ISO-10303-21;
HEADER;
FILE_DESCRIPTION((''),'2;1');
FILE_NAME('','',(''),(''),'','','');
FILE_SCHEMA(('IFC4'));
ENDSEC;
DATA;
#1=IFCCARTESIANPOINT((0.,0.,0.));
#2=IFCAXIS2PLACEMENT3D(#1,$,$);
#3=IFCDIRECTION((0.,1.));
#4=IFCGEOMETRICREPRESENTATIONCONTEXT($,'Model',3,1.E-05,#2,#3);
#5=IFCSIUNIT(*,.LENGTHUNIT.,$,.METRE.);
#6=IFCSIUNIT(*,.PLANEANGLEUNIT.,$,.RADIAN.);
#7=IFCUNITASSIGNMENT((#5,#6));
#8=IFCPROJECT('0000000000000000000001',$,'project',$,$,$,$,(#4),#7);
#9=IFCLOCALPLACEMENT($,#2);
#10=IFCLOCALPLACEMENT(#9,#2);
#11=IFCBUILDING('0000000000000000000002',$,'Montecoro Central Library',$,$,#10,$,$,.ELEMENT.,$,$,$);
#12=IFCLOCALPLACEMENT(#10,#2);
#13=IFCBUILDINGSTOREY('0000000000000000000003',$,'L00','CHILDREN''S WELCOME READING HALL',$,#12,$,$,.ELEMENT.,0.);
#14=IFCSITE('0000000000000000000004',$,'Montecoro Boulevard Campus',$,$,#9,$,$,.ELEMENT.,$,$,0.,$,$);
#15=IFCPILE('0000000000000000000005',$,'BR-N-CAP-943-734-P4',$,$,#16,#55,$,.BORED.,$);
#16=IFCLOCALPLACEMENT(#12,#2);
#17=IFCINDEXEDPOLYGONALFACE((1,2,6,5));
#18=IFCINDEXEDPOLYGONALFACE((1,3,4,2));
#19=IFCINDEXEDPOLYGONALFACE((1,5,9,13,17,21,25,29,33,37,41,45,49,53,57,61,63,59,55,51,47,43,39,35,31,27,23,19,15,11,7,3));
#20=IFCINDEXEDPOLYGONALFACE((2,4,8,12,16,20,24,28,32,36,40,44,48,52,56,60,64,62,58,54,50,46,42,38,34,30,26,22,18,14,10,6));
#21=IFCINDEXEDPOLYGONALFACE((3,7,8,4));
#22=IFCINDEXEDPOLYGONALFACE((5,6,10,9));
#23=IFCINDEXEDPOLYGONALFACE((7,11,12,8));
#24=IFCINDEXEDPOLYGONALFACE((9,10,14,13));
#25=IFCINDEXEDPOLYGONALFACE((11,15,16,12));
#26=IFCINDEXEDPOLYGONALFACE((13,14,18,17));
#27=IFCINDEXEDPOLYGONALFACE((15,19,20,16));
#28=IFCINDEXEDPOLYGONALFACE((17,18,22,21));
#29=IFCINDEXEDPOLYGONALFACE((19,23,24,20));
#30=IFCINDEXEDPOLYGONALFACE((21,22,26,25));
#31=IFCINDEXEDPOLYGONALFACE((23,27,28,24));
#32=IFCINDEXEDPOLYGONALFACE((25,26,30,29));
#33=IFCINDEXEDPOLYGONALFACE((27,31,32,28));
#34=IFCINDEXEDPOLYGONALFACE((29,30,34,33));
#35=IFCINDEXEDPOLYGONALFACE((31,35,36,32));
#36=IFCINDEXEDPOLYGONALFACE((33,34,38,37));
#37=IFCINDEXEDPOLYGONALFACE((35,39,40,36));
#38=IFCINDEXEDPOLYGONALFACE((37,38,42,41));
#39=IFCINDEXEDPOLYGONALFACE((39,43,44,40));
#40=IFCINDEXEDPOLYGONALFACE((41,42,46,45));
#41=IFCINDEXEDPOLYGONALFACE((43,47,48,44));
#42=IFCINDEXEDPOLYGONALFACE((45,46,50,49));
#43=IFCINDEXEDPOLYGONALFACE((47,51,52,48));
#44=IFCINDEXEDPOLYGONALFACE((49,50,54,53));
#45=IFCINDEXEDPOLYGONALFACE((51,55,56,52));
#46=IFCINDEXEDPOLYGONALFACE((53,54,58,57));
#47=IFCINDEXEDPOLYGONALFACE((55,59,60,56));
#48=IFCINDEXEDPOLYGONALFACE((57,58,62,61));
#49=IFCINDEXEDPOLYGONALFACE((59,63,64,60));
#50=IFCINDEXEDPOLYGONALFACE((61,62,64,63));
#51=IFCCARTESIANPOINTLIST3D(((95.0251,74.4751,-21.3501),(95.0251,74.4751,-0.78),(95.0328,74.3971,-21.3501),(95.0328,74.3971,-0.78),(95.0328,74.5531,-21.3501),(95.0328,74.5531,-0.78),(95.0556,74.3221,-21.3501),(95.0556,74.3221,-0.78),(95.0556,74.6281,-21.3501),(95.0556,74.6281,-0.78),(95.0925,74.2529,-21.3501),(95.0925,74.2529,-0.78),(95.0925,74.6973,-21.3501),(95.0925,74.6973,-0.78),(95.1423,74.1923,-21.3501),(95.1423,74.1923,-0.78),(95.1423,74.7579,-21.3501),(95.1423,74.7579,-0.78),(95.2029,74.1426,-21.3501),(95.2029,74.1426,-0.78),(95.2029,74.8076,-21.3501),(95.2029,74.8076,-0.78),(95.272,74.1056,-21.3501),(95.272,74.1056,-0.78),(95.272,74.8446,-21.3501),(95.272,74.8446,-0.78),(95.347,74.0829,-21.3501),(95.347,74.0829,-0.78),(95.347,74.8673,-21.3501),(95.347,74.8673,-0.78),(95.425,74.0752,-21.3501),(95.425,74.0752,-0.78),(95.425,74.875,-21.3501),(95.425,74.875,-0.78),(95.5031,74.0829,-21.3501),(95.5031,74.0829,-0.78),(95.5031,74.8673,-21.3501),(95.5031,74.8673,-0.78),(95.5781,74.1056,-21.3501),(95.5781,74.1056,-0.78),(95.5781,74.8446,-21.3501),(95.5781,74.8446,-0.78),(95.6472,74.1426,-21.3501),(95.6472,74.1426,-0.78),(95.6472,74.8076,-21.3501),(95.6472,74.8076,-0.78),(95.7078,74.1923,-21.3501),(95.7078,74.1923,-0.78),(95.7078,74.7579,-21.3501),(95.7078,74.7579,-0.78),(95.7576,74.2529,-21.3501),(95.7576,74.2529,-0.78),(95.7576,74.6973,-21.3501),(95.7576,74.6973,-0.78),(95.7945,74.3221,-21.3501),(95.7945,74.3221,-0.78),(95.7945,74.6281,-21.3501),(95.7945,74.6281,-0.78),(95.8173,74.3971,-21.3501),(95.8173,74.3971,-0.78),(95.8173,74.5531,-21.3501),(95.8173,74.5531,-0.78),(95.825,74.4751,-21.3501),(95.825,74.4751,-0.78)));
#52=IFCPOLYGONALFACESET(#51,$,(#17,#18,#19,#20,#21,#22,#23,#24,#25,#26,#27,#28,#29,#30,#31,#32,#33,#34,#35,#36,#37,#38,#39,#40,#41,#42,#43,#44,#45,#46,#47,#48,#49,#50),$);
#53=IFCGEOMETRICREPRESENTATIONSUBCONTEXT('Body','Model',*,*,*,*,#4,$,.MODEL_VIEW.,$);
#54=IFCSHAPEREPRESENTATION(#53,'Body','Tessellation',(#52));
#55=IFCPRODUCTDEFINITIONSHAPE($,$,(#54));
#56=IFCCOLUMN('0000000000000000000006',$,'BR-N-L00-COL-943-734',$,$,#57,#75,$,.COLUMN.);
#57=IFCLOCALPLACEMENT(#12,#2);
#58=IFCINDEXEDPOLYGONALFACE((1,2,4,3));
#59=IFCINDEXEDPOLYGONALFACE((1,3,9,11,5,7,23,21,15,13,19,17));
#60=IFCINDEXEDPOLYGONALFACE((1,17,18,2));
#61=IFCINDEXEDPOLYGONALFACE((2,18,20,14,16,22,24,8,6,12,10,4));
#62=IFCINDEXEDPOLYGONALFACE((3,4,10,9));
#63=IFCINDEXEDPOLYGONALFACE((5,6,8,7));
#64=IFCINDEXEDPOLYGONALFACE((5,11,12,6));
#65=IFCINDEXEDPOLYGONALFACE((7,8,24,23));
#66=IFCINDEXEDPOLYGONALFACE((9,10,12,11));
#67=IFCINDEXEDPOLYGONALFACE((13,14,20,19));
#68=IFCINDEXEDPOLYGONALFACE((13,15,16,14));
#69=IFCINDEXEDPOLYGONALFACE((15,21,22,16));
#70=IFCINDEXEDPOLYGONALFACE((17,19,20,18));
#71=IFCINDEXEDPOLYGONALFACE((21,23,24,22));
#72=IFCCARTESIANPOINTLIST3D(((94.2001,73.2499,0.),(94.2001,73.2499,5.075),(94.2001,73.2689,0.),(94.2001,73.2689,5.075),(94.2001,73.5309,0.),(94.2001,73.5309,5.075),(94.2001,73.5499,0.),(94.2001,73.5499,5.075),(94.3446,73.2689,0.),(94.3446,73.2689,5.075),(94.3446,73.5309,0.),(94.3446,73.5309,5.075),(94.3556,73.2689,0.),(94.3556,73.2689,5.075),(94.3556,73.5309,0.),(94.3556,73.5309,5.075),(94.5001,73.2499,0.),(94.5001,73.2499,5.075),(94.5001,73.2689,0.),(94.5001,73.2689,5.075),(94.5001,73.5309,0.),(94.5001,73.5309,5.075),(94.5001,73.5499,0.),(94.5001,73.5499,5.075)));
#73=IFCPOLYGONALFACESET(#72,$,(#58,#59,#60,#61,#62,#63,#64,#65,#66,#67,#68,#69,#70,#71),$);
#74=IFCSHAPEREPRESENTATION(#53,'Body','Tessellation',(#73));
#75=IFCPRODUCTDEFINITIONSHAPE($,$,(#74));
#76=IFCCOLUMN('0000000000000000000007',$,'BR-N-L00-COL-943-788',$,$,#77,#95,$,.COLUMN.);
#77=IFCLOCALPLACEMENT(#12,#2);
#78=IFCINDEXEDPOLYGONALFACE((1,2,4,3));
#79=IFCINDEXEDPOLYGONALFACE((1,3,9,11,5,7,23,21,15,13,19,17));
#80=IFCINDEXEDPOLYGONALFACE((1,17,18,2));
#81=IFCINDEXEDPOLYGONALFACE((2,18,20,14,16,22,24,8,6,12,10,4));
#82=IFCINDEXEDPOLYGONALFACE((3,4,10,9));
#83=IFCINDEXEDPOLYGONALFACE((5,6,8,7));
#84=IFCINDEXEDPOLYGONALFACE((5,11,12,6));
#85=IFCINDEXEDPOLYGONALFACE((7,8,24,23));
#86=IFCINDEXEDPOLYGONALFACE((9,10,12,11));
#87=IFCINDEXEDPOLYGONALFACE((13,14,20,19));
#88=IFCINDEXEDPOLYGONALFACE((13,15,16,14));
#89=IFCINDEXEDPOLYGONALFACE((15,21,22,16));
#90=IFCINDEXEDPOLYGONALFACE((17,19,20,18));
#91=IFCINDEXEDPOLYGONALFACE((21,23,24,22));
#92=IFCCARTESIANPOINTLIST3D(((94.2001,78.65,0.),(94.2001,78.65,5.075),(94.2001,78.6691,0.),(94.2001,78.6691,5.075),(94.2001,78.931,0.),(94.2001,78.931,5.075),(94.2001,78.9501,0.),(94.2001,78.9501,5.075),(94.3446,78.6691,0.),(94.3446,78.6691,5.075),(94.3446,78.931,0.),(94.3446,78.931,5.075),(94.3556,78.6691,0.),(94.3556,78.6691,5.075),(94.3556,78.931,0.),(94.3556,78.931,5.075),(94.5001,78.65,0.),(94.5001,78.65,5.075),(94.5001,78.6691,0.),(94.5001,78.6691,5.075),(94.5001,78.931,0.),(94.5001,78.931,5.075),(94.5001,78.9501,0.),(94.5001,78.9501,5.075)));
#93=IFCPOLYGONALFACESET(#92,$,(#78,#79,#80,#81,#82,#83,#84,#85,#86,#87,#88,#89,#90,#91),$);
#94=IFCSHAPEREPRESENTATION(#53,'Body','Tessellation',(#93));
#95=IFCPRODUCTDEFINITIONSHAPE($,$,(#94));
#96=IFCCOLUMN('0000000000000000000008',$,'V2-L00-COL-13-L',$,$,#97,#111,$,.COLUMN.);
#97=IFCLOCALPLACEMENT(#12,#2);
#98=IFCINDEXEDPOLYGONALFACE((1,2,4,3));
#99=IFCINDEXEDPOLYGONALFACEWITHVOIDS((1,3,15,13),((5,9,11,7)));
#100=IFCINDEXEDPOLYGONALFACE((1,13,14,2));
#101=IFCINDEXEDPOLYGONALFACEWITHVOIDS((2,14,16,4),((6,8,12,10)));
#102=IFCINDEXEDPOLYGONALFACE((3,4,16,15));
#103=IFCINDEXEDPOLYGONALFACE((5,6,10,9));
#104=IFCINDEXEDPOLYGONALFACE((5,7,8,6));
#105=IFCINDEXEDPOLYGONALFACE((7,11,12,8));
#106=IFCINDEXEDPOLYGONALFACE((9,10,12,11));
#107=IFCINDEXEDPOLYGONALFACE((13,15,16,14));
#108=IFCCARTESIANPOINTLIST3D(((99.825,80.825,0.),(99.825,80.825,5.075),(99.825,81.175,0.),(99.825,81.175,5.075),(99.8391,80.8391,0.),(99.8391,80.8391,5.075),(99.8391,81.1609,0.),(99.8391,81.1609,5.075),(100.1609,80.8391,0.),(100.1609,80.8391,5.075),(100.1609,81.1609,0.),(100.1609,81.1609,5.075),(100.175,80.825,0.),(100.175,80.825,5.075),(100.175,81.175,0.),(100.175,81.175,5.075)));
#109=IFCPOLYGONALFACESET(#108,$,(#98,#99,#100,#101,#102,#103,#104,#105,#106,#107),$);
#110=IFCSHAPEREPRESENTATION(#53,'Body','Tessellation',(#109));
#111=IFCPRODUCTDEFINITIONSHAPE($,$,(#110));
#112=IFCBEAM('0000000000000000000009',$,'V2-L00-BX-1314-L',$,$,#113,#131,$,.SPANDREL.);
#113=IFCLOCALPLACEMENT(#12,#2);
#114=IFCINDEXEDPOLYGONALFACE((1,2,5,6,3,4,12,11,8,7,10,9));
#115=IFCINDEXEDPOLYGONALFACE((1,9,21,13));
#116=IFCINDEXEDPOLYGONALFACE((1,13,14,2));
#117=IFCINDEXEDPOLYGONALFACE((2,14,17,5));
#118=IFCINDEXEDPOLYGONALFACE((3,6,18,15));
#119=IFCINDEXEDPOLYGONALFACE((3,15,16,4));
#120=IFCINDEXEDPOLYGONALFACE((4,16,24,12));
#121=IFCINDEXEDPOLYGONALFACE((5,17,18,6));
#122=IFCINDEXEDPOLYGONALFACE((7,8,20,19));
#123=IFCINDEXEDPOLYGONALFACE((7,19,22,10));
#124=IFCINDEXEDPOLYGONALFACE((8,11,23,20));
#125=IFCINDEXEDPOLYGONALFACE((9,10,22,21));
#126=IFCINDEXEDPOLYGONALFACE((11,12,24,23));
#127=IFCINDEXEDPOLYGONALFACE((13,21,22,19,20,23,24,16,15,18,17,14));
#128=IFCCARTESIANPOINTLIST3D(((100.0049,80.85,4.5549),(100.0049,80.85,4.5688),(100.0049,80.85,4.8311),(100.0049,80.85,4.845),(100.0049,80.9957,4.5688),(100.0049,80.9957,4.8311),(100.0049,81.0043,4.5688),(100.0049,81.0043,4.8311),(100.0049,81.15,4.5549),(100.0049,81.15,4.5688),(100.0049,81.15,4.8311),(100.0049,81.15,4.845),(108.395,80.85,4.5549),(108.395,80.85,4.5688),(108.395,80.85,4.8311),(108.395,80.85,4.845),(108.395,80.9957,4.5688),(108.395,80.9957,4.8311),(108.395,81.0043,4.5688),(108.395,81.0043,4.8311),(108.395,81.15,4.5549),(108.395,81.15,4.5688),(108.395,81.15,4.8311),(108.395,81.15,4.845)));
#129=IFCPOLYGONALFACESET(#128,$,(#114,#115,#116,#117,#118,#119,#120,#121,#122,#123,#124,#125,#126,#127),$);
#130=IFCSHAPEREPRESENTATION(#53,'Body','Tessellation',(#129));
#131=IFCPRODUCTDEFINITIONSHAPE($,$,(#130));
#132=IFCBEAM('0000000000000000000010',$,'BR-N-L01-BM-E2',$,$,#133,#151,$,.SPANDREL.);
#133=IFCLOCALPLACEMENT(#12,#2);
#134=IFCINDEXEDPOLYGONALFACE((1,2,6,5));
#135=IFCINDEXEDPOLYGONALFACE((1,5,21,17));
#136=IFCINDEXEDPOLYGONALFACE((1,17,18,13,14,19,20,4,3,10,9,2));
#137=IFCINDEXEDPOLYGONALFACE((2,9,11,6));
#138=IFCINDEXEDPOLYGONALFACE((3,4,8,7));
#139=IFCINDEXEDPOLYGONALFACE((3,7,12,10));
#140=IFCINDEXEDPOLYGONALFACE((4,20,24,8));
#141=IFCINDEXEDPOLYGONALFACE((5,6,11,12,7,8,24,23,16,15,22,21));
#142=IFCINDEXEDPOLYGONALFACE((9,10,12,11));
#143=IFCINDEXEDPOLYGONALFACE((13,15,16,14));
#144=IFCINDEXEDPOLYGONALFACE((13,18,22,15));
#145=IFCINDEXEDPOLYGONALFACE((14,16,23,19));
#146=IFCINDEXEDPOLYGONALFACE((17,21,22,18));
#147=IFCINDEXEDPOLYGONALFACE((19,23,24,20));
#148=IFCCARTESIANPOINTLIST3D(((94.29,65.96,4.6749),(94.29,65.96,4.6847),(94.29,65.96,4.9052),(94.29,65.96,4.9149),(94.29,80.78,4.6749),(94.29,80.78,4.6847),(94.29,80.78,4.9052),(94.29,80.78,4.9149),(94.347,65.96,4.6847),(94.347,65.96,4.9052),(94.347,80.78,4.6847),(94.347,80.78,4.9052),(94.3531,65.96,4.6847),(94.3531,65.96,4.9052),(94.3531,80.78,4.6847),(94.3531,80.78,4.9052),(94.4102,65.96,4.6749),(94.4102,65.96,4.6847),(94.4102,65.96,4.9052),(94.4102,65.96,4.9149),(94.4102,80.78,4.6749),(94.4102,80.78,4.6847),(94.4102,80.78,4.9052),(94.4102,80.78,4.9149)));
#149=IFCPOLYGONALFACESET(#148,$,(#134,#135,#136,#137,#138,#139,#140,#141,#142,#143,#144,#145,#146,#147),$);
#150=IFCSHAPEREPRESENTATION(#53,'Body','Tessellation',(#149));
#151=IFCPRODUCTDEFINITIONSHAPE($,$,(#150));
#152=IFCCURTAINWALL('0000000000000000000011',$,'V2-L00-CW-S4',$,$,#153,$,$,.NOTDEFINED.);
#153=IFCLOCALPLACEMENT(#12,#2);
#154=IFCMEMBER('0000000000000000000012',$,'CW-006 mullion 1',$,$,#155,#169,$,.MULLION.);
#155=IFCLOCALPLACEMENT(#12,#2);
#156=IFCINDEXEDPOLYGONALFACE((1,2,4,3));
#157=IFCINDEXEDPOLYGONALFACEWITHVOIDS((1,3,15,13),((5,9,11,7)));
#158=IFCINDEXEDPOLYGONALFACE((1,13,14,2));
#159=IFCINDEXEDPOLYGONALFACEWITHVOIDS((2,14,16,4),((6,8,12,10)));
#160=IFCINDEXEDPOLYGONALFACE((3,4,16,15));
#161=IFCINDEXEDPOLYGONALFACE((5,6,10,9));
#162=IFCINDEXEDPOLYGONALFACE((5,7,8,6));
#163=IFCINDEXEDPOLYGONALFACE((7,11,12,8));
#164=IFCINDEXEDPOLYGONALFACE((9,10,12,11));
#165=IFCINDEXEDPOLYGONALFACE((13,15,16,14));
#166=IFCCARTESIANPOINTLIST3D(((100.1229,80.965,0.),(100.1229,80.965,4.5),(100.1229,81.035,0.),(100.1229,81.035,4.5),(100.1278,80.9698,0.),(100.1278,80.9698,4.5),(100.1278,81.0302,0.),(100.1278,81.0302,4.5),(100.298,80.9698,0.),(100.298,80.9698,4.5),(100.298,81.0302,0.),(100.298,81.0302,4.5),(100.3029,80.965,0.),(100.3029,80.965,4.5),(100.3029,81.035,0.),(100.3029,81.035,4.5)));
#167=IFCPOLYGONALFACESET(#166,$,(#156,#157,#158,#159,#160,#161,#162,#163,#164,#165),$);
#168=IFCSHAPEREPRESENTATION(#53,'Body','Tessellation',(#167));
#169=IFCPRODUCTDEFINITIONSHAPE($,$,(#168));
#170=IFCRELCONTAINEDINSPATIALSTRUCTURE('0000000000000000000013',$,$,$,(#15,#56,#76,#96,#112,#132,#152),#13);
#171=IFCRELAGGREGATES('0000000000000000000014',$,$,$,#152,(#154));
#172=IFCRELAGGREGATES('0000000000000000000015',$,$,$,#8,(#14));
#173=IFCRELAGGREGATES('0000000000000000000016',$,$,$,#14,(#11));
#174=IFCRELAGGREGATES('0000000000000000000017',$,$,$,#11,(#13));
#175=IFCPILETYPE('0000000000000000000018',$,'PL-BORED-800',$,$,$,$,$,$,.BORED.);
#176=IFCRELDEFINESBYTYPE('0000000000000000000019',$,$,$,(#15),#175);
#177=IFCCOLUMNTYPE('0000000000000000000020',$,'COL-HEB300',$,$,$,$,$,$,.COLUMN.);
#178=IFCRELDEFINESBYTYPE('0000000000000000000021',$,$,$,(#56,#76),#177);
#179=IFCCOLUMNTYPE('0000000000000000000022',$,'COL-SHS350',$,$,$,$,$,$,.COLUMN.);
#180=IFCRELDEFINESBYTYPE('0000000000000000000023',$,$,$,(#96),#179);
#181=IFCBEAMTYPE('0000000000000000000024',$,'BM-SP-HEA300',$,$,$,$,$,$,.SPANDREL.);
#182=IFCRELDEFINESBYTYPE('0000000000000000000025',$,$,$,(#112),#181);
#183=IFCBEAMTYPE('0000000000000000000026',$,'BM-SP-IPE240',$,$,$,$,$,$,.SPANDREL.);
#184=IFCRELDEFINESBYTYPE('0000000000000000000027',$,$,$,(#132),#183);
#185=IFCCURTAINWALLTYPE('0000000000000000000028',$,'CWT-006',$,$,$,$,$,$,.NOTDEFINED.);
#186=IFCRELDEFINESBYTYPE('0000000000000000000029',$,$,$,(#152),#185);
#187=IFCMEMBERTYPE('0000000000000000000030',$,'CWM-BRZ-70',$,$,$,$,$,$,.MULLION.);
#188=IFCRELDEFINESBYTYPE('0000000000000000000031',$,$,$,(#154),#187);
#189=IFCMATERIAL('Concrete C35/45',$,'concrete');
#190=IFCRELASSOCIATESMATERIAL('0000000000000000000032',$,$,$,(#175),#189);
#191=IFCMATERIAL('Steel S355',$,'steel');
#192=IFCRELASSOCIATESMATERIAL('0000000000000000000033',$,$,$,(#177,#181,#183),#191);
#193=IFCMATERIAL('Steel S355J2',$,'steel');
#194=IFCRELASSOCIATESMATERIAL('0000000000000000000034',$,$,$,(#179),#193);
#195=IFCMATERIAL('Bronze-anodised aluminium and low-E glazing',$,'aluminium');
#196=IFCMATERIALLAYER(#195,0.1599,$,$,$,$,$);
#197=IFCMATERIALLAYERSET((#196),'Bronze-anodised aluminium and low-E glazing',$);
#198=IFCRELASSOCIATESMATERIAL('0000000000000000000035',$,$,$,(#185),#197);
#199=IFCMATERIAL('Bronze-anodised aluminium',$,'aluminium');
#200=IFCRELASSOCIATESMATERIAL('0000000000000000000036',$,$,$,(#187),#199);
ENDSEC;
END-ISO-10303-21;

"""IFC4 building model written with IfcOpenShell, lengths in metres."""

from ifc_helpers import new_model, si_unit, direction, frame, origin, origin_2d, place, context, subcontext, project, spatial, hollow_rectangle, circle, i_section, extrude, material, layer, layer_set, material_profile, profile_set, type_object, element, aggregate, save


model = new_model("IFC4")

# Units and contexts
model_context = context("Model", 3, precision=1e-05, world=origin(), true_north=direction((0.0, 1.0)))
body_context = subcontext(model_context, "Body", "Model", "MODEL_VIEW")
ifc_project = project(units=[si_unit("LENGTHUNIT", "METRE"), si_unit("PLANEANGLEUNIT", "RADIAN")], contexts=[model_context])

# Site, building, storey
site_placement = place(None, origin())
site = spatial("IfcSite", under=ifc_project, at=site_placement, Name="Montecoro Boulevard Campus", CompositionType="ELEMENT", RefElevation=0.0)
building_placement = place(site_placement, origin())
building = spatial("IfcBuilding", under=site, at=building_placement, Name="Montecoro Central Library", CompositionType="ELEMENT")
storey_placement = place(building_placement, origin())
storey = spatial("IfcBuildingStorey", under=building, at=storey_placement, Name="L00", Description="CHILDREN'S WELCOME READING HALL", CompositionType="ELEMENT", Elevation=0.0)

# Shared definitions
ifc_material_1 = material(Name="Concrete C35/45", Category="concrete")

# Pile
ifc_material_profile_1 = material_profile(ifc_material_1, circle(Radius=0.3999, at=origin_2d()), Name="PILE D800")
ifc_profile_set_1 = profile_set([ifc_material_profile_1], Name="Concrete C35/45")
pile_type_1 = type_object("IfcPileType", Name="PL-BORED-800", PredefinedType="BORED", material=ifc_profile_set_1)
for number, where, z_axis, x_axis, name in (
    (1, (95.425, 74.4751, -0.78), (0.0, 0.0, -1.0), (1.0, 0.0, 0.0), "BR-N-CAP-943-734-P4"),
):
    element("IfcPile", number, at=place(storey_placement, frame(where, z_axis=z_axis, x_axis=x_axis)), inside=storey, type_object=pile_type_1, Name=name, PredefinedType="BORED", context=body_context, shape_type="SweptSolid", body=[
        extrude(circle(Radius=0.3999, at=origin_2d()), origin(), (0.0, 0.0, 1.0), 20.5701),
    ])

# Columns
ifc_material_2 = material(Name="Steel S355", Category="steel")
ifc_material_profile_2 = material_profile(ifc_material_2, i_section(OverallWidth=0.3, OverallDepth=0.3, WebThickness=0.011, FlangeThickness=0.019, at=origin_2d()), Name="HEB 300")
ifc_profile_set_2 = profile_set([ifc_material_profile_2], Name="Steel S355")
column_type_1 = type_object("IfcColumnType", Name="COL-HEB300", PredefinedType="COLUMN", material=ifc_profile_set_2)
for number, where, z_axis, x_axis, name in (
    (2, (94.3501, 73.3999, 0.0), (0.0, 0.0, 1.0), (1.0, 0.0, 0.0), "BR-N-L00-COL-943-734"),
    (3, (94.3501, 78.8, 0.0), (0.0, 0.0, 1.0), (1.0, 0.0, 0.0), "BR-N-L00-COL-943-788"),
):
    element("IfcColumn", number, at=place(storey_placement, frame(where, z_axis=z_axis, x_axis=x_axis)), inside=storey, type_object=column_type_1, Name=name, PredefinedType="COLUMN", context=body_context, shape_type="SweptSolid", body=[
        extrude(i_section(OverallWidth=0.3, OverallDepth=0.3, WebThickness=0.011, FlangeThickness=0.019, at=origin_2d()), origin(), (0.0, 0.0, 1.0), 5.075),
    ])
ifc_material_3 = material(Name="Steel S355J2", Category="steel")
ifc_material_profile_3 = material_profile(ifc_material_3, hollow_rectangle(XDim=0.3501, YDim=0.3501, WallThickness=0.0142, at=origin_2d()), Name="SHS 350x350x14.2")
ifc_profile_set_3 = profile_set([ifc_material_profile_3], Name="Steel S355J2")
column_type_2 = type_object("IfcColumnType", Name="COL-SHS350", PredefinedType="COLUMN", material=ifc_profile_set_3)
column_placement = place(storey_placement, frame((100.0, 81.0, 0.0), z_axis=(0.0, 0.0, 1.0), x_axis=(1.0, 0.0, 0.0)))
element("IfcColumn", 4, at=column_placement, inside=storey, type_object=column_type_2, Name="V2-L00-COL-13-L", PredefinedType="COLUMN", context=body_context, shape_type="SweptSolid", body=[
    extrude(hollow_rectangle(XDim=0.3501, YDim=0.3501, WallThickness=0.0142, at=origin_2d()), origin(), (0.0, 0.0, 1.0), 5.075),
])

# Beams
ifc_material_profile_4 = material_profile(ifc_material_2, i_section(OverallWidth=0.3, OverallDepth=0.29, WebThickness=0.0085, FlangeThickness=0.0139, at=origin_2d()), Name="HEA 300")
ifc_profile_set_4 = profile_set([ifc_material_profile_4], Name="Steel S355")
beam_type_1 = type_object("IfcBeamType", Name="BM-SP-HEA300", PredefinedType="SPANDREL", material=ifc_profile_set_4)
beam_1_placement = place(storey_placement, frame((100.0049, 81.0, 4.7), z_axis=(1.0, 0.0, 0.0), x_axis=(0.0, 1.0, 0.0)))
element("IfcBeam", 5, at=beam_1_placement, inside=storey, type_object=beam_type_1, Name="V2-L00-BX-1314-L", PredefinedType="SPANDREL", context=body_context, shape_type="SweptSolid", body=[
    extrude(i_section(OverallWidth=0.3, OverallDepth=0.29, WebThickness=0.0085, FlangeThickness=0.0139, at=origin_2d()), origin(), (0.0, 0.0, 1.0), 8.3901),
])
ifc_material_profile_5 = material_profile(ifc_material_2, i_section(OverallWidth=0.1201, OverallDepth=0.24, WebThickness=0.0061, FlangeThickness=0.0098, at=origin_2d()), Name="IPE 240")
ifc_profile_set_5 = profile_set([ifc_material_profile_5], Name="Steel S355")
beam_type_2 = type_object("IfcBeamType", Name="BM-SP-IPE240", PredefinedType="SPANDREL", material=ifc_profile_set_5)
beam_2_placement = place(storey_placement, frame((94.3501, 65.96, 4.7949), z_axis=(0.0, 1.0, 0.0), x_axis=(-1.0, 0.0, 0.0)))
element("IfcBeam", 6, at=beam_2_placement, inside=storey, type_object=beam_type_2, Name="BR-N-L01-BM-E2", PredefinedType="SPANDREL", context=body_context, shape_type="SweptSolid", body=[
    extrude(i_section(OverallWidth=0.1201, OverallDepth=0.24, WebThickness=0.0061, FlangeThickness=0.0098, at=origin_2d()), origin(), (0.0, 0.0, 1.0), 14.8201),
])

# Curtain wall, member
ifc_material_4 = material(Name="Bronze-anodised aluminium and low-E glazing", Category="aluminium")
ifc_layer_1 = layer(ifc_material_4, 0.1599)
ifc_layer_set_1 = layer_set([ifc_layer_1], Name="Bronze-anodised aluminium and low-E glazing")
curtain_wall_type = type_object("IfcCurtainWallType", Name="CWT-006", PredefinedType="NOTDEFINED", material=ifc_layer_set_1)
curtain_wall_placement = place(storey_placement, origin())
curtain_wall = element("IfcCurtainWall", 7, at=curtain_wall_placement, inside=storey, type_object=curtain_wall_type, Name="V2-L00-CW-S4", PredefinedType="NOTDEFINED")
ifc_material_5 = material(Name="Bronze-anodised aluminium", Category="aluminium")
ifc_material_profile_6 = material_profile(ifc_material_5, hollow_rectangle(XDim=0.0701, YDim=0.1799, WallThickness=0.0049, at=origin_2d()), Name="CWM 180x70x5.0")
ifc_profile_set_6 = profile_set([ifc_material_profile_6], Name="Bronze-anodised aluminium")
member_type_1 = type_object("IfcMemberType", Name="CWM-BRZ-70", PredefinedType="MULLION", material=ifc_profile_set_6)
member_1_placement = place(storey_placement, frame((100.2129, 81.0, 0.0), z_axis=(0.0, 0.0, 1.0), x_axis=(0.0, 1.0, 0.0)))
member_1 = element("IfcMember", 8, at=member_1_placement, type_object=member_type_1, Name="CW-006 mullion 1", PredefinedType="MULLION", context=body_context, shape_type="SweptSolid", body=[
    extrude(hollow_rectangle(XDim=0.0701, YDim=0.1799, WallThickness=0.0049, at=origin_2d()), origin(), (0.0, 0.0, 1.0), 4.5),
])
aggregate(curtain_wall, [member_1])

save(model, "model.ifc")
